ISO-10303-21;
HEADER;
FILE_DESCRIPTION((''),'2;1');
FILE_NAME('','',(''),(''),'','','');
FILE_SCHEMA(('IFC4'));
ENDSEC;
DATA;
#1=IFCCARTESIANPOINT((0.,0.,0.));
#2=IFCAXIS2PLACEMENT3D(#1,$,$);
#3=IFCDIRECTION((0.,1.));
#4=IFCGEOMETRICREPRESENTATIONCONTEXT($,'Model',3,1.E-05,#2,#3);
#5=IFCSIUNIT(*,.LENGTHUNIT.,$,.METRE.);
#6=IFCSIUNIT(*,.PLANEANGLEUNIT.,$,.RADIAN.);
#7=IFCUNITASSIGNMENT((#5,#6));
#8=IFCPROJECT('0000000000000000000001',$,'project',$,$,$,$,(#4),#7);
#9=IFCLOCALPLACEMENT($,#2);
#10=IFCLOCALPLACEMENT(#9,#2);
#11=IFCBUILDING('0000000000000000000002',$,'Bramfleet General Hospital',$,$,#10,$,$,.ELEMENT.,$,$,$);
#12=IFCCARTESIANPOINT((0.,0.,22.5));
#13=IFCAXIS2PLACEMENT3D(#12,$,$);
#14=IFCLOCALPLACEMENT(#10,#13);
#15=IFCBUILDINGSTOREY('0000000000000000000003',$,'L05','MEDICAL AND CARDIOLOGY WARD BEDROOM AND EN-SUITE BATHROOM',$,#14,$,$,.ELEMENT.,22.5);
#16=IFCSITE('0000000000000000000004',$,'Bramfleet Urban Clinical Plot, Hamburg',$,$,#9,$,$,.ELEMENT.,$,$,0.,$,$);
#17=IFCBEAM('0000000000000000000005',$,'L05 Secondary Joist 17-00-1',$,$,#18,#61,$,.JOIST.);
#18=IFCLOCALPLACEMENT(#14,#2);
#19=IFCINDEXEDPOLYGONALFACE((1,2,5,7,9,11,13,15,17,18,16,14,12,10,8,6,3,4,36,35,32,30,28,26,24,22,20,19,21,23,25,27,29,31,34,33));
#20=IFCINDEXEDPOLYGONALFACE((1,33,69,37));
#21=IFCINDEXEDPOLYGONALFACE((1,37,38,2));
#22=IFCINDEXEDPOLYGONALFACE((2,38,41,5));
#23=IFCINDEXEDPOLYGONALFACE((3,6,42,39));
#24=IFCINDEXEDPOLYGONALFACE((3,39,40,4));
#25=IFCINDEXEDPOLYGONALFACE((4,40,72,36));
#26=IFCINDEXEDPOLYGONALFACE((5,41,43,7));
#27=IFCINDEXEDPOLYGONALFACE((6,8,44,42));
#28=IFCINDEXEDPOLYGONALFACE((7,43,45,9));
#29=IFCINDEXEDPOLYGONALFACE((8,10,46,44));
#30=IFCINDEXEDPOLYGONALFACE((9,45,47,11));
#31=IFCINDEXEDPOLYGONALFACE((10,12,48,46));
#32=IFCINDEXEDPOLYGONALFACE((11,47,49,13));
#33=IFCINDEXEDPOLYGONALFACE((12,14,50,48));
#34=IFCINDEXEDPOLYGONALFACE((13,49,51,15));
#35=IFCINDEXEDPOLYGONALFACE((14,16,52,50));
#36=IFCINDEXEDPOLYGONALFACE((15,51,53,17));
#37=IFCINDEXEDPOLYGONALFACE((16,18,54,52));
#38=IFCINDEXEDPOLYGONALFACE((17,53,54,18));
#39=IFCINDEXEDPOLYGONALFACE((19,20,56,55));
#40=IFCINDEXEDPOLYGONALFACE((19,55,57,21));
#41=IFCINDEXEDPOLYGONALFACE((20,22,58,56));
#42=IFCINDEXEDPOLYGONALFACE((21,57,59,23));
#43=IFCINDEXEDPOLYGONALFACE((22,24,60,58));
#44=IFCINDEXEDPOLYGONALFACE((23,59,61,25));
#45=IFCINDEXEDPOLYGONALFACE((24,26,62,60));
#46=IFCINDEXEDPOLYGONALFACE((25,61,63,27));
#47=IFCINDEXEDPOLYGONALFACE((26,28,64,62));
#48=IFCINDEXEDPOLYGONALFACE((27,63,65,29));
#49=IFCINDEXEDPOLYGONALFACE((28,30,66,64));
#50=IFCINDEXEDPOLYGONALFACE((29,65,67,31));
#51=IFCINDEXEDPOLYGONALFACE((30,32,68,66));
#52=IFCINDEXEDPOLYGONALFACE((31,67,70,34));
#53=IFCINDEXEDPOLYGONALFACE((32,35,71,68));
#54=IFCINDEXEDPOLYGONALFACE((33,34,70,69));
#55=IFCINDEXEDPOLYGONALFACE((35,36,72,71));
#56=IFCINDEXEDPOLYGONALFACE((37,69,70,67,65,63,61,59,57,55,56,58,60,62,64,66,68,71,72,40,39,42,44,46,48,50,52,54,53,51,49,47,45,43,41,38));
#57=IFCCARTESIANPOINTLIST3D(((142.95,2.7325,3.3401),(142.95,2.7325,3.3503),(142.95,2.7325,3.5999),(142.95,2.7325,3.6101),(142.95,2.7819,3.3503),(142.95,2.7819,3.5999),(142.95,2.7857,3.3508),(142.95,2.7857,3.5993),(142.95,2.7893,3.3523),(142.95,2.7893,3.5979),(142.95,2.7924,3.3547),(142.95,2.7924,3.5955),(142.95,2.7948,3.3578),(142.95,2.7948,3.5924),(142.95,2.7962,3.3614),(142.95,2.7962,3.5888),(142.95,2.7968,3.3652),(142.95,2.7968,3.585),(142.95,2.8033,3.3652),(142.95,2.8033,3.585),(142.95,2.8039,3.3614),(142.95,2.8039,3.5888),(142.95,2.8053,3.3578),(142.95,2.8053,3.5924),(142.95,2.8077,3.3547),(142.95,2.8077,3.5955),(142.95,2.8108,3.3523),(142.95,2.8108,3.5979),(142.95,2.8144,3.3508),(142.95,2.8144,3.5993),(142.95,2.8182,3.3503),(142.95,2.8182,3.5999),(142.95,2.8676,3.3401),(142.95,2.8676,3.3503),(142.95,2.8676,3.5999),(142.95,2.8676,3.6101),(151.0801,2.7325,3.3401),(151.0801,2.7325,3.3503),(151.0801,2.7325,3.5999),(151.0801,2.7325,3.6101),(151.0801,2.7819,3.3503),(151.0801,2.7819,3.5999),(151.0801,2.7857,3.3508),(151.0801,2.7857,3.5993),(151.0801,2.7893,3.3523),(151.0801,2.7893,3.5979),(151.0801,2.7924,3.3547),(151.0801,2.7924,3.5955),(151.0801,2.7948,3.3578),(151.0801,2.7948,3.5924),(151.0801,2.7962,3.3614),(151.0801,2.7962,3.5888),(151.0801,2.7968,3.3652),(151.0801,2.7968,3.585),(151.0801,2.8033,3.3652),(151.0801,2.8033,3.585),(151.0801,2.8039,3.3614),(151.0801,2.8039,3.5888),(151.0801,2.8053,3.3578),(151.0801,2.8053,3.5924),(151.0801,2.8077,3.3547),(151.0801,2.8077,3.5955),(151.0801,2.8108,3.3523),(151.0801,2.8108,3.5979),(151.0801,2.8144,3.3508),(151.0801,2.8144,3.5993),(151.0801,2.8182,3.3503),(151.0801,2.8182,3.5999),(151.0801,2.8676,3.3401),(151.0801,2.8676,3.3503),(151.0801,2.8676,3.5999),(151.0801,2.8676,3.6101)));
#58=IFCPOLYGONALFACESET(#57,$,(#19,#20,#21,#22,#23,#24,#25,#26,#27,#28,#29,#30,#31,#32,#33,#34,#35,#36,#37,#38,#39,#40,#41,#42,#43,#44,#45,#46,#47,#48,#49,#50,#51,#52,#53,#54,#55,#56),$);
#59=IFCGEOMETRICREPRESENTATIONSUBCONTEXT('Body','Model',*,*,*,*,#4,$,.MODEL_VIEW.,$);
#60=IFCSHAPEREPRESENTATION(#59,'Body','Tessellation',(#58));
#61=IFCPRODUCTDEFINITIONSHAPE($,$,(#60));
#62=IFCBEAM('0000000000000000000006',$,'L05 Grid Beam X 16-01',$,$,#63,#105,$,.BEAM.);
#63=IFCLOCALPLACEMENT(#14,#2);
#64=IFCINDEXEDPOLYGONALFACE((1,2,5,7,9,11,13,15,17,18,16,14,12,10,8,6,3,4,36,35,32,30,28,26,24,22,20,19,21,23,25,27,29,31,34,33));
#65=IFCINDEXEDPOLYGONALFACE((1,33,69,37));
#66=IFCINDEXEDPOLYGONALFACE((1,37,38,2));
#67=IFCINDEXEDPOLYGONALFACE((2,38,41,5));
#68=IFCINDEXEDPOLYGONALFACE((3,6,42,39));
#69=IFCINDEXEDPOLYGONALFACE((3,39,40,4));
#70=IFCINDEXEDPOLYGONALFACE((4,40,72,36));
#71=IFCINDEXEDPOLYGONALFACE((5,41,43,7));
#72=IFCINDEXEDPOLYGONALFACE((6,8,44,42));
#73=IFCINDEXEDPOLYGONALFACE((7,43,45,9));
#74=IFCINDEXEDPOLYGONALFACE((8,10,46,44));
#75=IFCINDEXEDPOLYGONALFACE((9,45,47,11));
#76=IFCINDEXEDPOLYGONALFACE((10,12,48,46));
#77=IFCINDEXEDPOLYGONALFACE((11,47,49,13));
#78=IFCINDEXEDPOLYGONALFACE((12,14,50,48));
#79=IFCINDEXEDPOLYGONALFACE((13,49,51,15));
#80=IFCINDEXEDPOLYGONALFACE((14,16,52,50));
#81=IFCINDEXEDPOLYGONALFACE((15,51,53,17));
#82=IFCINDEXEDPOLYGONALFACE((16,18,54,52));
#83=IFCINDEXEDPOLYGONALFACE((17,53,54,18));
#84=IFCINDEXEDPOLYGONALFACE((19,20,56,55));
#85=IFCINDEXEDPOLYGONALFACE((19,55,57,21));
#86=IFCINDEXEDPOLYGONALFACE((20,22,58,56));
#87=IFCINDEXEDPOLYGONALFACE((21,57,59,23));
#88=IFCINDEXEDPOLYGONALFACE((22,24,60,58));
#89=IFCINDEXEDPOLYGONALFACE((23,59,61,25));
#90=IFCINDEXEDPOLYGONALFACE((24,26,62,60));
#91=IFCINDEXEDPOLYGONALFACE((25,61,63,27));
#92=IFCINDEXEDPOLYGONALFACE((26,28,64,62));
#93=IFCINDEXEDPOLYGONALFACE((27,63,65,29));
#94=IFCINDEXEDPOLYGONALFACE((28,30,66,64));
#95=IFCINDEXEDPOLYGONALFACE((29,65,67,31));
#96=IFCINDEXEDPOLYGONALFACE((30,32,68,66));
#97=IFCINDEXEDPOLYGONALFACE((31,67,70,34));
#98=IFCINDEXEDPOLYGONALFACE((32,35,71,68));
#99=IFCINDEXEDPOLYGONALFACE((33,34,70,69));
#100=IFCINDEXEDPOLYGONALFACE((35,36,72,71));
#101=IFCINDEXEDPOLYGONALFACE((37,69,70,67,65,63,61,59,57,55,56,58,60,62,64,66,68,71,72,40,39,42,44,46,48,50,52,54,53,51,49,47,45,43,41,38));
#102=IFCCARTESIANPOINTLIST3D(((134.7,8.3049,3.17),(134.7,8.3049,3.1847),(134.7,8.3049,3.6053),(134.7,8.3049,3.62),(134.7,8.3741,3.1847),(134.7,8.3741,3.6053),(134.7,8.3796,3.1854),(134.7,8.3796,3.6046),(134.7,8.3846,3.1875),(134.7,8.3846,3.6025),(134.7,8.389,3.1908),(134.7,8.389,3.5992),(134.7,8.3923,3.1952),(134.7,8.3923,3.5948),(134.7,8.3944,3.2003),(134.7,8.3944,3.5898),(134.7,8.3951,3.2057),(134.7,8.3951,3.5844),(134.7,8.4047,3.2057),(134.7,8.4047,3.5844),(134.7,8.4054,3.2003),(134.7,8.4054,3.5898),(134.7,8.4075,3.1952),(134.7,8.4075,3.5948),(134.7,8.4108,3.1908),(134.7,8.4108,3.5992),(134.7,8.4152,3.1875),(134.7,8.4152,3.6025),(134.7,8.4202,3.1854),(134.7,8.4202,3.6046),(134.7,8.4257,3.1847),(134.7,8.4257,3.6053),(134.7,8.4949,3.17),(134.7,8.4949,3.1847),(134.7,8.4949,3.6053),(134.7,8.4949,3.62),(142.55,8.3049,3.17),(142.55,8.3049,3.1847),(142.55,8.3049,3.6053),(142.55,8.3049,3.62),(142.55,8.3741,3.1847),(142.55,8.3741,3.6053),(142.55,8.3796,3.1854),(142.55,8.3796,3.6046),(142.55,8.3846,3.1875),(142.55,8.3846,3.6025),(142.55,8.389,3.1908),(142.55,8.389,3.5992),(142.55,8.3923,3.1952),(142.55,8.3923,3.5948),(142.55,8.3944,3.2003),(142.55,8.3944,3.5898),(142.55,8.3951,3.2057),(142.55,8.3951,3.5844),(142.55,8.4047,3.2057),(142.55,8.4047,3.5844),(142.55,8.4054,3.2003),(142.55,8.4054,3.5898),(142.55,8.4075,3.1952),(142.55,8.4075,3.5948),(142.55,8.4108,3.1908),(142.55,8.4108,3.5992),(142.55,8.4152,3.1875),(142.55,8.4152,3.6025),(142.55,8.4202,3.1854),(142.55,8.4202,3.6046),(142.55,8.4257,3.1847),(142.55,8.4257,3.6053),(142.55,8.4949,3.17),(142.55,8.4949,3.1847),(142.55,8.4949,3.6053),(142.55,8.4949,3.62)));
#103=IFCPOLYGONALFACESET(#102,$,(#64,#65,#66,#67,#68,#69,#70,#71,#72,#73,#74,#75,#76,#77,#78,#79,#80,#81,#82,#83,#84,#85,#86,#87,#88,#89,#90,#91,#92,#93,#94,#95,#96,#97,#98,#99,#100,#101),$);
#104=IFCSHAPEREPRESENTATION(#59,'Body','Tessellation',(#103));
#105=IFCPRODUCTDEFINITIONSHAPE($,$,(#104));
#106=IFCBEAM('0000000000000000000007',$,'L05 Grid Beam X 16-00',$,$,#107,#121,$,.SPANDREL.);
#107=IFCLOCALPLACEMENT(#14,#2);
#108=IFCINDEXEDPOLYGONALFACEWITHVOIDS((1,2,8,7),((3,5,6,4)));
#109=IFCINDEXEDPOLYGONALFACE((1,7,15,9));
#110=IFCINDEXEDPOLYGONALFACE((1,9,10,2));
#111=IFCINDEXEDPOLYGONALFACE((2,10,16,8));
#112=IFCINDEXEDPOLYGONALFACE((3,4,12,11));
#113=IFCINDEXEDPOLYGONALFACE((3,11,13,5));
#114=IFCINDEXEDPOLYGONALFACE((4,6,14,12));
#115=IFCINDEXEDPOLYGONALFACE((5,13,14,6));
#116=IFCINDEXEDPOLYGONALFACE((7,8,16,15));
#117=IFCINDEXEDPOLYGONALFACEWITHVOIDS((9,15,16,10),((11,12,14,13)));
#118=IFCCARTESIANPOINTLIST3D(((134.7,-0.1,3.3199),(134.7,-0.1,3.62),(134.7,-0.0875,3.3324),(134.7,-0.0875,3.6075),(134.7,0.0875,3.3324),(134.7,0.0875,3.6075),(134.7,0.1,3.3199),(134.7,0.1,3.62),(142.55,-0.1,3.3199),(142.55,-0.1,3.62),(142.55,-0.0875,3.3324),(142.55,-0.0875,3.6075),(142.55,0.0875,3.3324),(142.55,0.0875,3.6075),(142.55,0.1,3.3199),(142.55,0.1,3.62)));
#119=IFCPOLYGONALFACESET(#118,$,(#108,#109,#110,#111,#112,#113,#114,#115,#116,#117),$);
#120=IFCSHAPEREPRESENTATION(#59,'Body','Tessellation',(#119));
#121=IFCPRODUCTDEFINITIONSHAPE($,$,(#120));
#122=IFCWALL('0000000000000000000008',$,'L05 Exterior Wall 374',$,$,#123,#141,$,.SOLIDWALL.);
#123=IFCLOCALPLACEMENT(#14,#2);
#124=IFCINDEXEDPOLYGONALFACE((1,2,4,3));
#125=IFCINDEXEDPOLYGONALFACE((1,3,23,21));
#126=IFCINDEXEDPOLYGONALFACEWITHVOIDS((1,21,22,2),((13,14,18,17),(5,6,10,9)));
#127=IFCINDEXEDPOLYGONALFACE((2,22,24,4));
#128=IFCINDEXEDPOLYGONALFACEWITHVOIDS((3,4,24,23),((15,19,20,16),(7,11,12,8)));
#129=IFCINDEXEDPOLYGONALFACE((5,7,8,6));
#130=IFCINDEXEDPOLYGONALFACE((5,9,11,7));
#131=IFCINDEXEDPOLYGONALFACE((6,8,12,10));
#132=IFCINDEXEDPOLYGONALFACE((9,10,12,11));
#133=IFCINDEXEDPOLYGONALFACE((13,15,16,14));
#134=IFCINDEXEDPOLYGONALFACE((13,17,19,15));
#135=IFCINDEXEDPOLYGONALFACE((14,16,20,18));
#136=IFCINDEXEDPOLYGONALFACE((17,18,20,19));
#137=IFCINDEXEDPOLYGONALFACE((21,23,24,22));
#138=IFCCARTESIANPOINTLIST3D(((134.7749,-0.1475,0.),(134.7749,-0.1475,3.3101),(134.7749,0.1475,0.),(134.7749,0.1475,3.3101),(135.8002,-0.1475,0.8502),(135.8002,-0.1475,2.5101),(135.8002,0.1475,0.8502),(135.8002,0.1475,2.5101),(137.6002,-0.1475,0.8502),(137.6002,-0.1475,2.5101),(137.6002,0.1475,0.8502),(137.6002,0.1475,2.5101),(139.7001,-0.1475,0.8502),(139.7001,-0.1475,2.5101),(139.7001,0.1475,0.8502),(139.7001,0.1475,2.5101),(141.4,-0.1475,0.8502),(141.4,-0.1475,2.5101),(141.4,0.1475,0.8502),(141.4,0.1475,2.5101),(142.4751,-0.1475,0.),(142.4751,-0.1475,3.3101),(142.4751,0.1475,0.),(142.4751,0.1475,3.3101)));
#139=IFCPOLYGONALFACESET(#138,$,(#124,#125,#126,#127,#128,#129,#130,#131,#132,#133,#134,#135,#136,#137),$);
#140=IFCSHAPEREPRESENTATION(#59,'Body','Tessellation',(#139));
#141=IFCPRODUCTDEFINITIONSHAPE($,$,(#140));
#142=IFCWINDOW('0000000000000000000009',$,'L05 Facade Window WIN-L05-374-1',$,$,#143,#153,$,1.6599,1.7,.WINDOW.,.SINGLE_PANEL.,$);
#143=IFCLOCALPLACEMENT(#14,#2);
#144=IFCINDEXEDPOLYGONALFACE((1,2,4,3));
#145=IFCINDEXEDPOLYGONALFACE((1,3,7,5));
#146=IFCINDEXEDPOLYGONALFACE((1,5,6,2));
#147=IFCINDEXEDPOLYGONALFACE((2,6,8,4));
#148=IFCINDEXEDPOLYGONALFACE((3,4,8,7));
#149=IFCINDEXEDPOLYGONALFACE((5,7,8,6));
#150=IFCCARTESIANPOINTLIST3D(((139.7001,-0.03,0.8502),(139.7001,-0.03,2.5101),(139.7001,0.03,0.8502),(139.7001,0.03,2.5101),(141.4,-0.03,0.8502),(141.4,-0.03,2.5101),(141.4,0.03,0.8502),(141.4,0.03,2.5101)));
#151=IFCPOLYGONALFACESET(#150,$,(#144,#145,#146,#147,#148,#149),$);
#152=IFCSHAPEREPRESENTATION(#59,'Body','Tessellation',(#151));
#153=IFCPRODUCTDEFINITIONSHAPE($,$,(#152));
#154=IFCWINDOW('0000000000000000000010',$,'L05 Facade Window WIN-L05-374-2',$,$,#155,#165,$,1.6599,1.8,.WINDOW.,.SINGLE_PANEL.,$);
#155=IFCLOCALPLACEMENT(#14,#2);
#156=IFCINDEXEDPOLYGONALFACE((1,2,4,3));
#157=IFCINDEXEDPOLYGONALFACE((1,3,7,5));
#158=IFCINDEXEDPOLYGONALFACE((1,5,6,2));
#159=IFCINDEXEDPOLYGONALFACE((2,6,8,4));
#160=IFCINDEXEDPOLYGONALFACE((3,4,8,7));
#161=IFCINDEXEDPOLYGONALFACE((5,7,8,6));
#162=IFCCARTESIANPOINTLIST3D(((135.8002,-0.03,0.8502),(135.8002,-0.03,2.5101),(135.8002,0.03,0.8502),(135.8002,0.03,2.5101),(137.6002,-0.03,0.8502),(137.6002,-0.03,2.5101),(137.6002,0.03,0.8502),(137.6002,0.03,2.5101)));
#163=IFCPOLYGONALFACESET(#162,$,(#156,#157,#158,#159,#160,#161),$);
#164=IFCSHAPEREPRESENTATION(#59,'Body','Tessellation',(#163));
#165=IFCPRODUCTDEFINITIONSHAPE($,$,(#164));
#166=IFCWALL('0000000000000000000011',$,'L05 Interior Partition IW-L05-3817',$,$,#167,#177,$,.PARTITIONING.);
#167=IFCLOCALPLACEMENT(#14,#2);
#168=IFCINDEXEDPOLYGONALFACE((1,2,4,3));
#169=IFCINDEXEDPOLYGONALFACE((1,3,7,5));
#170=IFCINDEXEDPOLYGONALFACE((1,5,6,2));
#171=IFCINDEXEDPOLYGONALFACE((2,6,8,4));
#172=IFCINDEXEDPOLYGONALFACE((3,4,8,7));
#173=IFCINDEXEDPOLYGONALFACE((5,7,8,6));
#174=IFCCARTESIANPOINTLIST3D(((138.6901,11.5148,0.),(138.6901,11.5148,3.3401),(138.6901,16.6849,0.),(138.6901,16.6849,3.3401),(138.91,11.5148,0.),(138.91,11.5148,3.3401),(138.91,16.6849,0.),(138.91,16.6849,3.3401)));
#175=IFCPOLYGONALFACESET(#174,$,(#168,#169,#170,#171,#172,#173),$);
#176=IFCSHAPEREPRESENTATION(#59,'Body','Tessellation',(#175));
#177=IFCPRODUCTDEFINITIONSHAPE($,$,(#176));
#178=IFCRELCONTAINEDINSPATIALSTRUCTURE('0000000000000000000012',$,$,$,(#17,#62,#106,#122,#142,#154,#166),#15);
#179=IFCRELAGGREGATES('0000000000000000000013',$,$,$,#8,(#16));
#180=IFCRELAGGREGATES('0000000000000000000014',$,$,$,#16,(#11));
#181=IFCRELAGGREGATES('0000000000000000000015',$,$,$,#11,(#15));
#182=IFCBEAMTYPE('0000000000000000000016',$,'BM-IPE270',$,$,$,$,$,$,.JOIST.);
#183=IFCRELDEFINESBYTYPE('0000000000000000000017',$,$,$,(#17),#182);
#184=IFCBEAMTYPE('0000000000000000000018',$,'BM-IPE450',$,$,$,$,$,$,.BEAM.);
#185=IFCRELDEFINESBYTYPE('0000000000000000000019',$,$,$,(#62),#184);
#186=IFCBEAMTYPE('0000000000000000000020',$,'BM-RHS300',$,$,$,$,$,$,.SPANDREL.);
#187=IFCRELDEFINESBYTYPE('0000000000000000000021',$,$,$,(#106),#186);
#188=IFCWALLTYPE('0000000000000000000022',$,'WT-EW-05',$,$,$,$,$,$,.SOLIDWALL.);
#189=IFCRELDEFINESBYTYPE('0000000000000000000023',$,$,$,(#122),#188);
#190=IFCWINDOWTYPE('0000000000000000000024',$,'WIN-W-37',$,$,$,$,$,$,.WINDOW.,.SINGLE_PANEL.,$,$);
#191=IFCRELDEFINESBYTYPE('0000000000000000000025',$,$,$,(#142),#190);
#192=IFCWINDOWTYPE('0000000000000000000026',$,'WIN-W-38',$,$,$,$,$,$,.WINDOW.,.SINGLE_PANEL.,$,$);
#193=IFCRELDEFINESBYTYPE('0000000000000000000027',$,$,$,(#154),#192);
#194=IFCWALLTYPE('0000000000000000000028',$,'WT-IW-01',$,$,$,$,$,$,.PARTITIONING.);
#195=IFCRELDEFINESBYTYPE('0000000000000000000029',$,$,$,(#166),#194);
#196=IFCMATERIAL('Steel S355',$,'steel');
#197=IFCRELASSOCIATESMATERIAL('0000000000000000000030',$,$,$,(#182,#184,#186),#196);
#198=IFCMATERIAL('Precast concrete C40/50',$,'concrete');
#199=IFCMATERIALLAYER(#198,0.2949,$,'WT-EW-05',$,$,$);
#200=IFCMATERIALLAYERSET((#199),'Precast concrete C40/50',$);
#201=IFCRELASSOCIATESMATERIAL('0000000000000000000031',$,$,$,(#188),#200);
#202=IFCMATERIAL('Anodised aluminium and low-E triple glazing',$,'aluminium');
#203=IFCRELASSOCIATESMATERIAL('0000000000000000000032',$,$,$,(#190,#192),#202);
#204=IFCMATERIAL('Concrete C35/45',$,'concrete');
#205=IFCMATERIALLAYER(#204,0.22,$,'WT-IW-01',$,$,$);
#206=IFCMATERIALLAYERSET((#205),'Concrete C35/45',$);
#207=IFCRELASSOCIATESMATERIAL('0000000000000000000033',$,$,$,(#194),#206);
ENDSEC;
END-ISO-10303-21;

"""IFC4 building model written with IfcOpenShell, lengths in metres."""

from ifc_helpers import new_model, si_unit, direction, frame, frame_2d, origin, origin_2d, place, context, subcontext, project, spatial, rectangle, hollow_rectangle, i_section, extrude, material, layer, layer_set, material_profile, profile_set, type_object, element, fill, save


model = new_model("IFC4")

# Units and contexts
model_context = context("Model", 3, precision=1e-05, world=origin(), true_north=direction((0.0, 1.0)))
body_context = subcontext(model_context, "Body", "Model", "MODEL_VIEW")
ifc_project = project(units=[si_unit("LENGTHUNIT", "METRE"), si_unit("PLANEANGLEUNIT", "RADIAN")], contexts=[model_context])

# Site, building, storey
site_placement = place(None, origin())
site = spatial("IfcSite", under=ifc_project, at=site_placement, Name="Bramfleet Urban Clinical Plot, Hamburg", CompositionType="ELEMENT", RefElevation=0.0)
building_placement = place(site_placement, origin())
building = spatial("IfcBuilding", under=site, at=building_placement, Name="Bramfleet General Hospital", CompositionType="ELEMENT")
storey_placement = place(building_placement, frame((0.0, 0.0, 22.5)))
storey = spatial("IfcBuildingStorey", under=building, at=storey_placement, Name="L05", Description="MEDICAL AND CARDIOLOGY WARD BEDROOM AND EN-SUITE BATHROOM", CompositionType="ELEMENT", Elevation=22.5)

# Beams
ifc_material_1 = material(Name="Steel S355", Category="steel")
ifc_material_profile_1 = material_profile(ifc_material_1, i_section(OverallWidth=0.135, OverallDepth=0.27, WebThickness=0.0066, FlangeThickness=0.0103, FilletRadius=0.0149, at=origin_2d()), Name="IPE 270")
ifc_profile_set_1 = profile_set([ifc_material_profile_1], Name="Steel S355")
beam_type_1 = type_object("IfcBeamType", Name="BM-IPE270", PredefinedType="JOIST", material=ifc_profile_set_1)
beam_1_placement = place(storey_placement, frame((142.95, 2.8, 3.4751), z_axis=(1.0, 0.0, 0.0), x_axis=(0.0, 1.0, 0.0)))
element("IfcBeam", 1, at=beam_1_placement, inside=storey, type_object=beam_type_1, Name="L05 Secondary Joist 17-00-1", PredefinedType="JOIST", context=body_context, shape_type="SweptSolid", body=[
    extrude(i_section(OverallWidth=0.135, OverallDepth=0.27, WebThickness=0.0066, FlangeThickness=0.0103, FilletRadius=0.0149, at=origin_2d()), origin(), (0.0, 0.0, 1.0), 8.1301),
])
ifc_material_profile_2 = material_profile(ifc_material_1, i_section(OverallWidth=0.1899, OverallDepth=0.45, WebThickness=0.0095, FlangeThickness=0.0146, FilletRadius=0.021, at=origin_2d()), Name="IPE 450")
ifc_profile_set_2 = profile_set([ifc_material_profile_2], Name="Steel S355")
beam_type_2 = type_object("IfcBeamType", Name="BM-IPE450", PredefinedType="BEAM", material=ifc_profile_set_2)
beam_2_placement = place(storey_placement, frame((134.7, 8.3999, 3.395), z_axis=(1.0, 0.0, 0.0), x_axis=(0.0, 1.0, 0.0)))
element("IfcBeam", 2, at=beam_2_placement, inside=storey, type_object=beam_type_2, Name="L05 Grid Beam X 16-01", PredefinedType="BEAM", context=body_context, shape_type="SweptSolid", body=[
    extrude(i_section(OverallWidth=0.1899, OverallDepth=0.45, WebThickness=0.0095, FlangeThickness=0.0146, FilletRadius=0.021, at=origin_2d()), origin(), (0.0, 0.0, 1.0), 7.8501),
])
ifc_material_profile_3 = material_profile(ifc_material_1, hollow_rectangle(XDim=0.2, YDim=0.3, WallThickness=0.0125, at=origin_2d()), Name="RHS 300x200x12.5")
ifc_profile_set_3 = profile_set([ifc_material_profile_3], Name="Steel S355")
beam_type_3 = type_object("IfcBeamType", Name="BM-RHS300", PredefinedType="SPANDREL", material=ifc_profile_set_3)
beam_3_placement = place(storey_placement, frame((134.7, 0.0, 3.47), z_axis=(1.0, 0.0, 0.0), x_axis=(0.0, 1.0, 0.0)))
element("IfcBeam", 3, at=beam_3_placement, inside=storey, type_object=beam_type_3, Name="L05 Grid Beam X 16-00", PredefinedType="SPANDREL", context=body_context, shape_type="SweptSolid", body=[
    extrude(hollow_rectangle(XDim=0.2, YDim=0.3, WallThickness=0.0125, at=origin_2d()), origin(), (0.0, 0.0, 1.0), 7.8501),
])

# Wall, openings, windows
ifc_material_2 = material(Name="Precast concrete C40/50", Category="concrete")
ifc_layer_1 = layer(ifc_material_2, 0.2949, Name="WT-EW-05")
ifc_layer_set_1 = layer_set([ifc_layer_1], Name="Precast concrete C40/50")
wall_type_1 = type_object("IfcWallType", Name="WT-EW-05", PredefinedType="SOLIDWALL", material=ifc_layer_set_1)
wall_1_placement = place(storey_placement, frame((142.4751, 0.0, 0.0), z_axis=(0.0, 0.0, 1.0), x_axis=(-1.0, 0.0, 0.0)))
wall_1 = element("IfcWall", 4, at=wall_1_placement, inside=storey, type_object=wall_type_1, Name="L05 Exterior Wall 374", PredefinedType="SOLIDWALL", context=body_context, shape_type="SweptSolid", body=[
    extrude(rectangle(XDim=7.7002, YDim=0.2949, at=frame_2d((3.8501, 0.0))), origin(), (0.0, 0.0, 1.0), 3.3101),
])
opening_1_placement = place(wall_1_placement, frame((1.075, 0.0, 0.8501)))
opening_1 = element("IfcOpeningElement", 5, at=opening_1_placement, cuts=wall_1, PredefinedType="OPENING", context=body_context, shape_type="SweptSolid", body=[
    extrude(rectangle(XDim=1.7, YDim=1.6599, at=frame_2d((0.8501, 0.8301))), frame((0.0, 0.1575, 0.0), z_axis=(0.0, -1.0, 0.0), x_axis=(1.0, 0.0, 0.0)), (0.0, 0.0, 1.0), 0.3149),
])
opening_2_placement = place(wall_1_placement, frame((4.875, 0.0, 0.8501)))
opening_2 = element("IfcOpeningElement", 6, at=opening_2_placement, cuts=wall_1, PredefinedType="OPENING", context=body_context, shape_type="SweptSolid", body=[
    extrude(rectangle(XDim=1.8, YDim=1.6599, at=frame_2d((0.8999, 0.8301))), frame((0.0, 0.1575, 0.0), z_axis=(0.0, -1.0, 0.0), x_axis=(1.0, 0.0, 0.0)), (0.0, 0.0, 1.0), 0.3149),
])
ifc_material_3 = material(Name="Anodised aluminium and low-E triple glazing", Category="aluminium")
window_type_1 = type_object("IfcWindowType", Name="WIN-W-37", PartitioningType="SINGLE_PANEL", PredefinedType="WINDOW", material=ifc_material_3)
window_1_placement = place(opening_1_placement, origin())
window_1 = element("IfcWindow", 7, at=window_1_placement, inside=storey, type_object=window_type_1, Name="L05 Facade Window WIN-L05-374-1", OverallHeight=1.6599, OverallWidth=1.7, PartitioningType="SINGLE_PANEL", PredefinedType="WINDOW", context=body_context, shape_type="SweptSolid", body=[
    extrude(rectangle(XDim=1.7, YDim=1.6599, at=frame_2d((0.8501, 0.8301))), frame((0.0, 0.03, 0.0), z_axis=(0.0, -1.0, 0.0), x_axis=(1.0, 0.0, 0.0)), (0.0, 0.0, 1.0), 0.0601),
])
fill(opening_1, window_1)
window_type_2 = type_object("IfcWindowType", Name="WIN-W-38", PartitioningType="SINGLE_PANEL", PredefinedType="WINDOW", material=ifc_material_3)
window_2_placement = place(opening_2_placement, origin())
window_2 = element("IfcWindow", 8, at=window_2_placement, inside=storey, type_object=window_type_2, Name="L05 Facade Window WIN-L05-374-2", OverallHeight=1.6599, OverallWidth=1.8, PartitioningType="SINGLE_PANEL", PredefinedType="WINDOW", context=body_context, shape_type="SweptSolid", body=[
    extrude(rectangle(XDim=1.8, YDim=1.6599, at=frame_2d((0.8999, 0.8301))), frame((0.0, 0.03, 0.0), z_axis=(0.0, -1.0, 0.0), x_axis=(1.0, 0.0, 0.0)), (0.0, 0.0, 1.0), 0.0601),
])
fill(opening_2, window_2)

# Wall
ifc_material_4 = material(Name="Concrete C35/45", Category="concrete")
ifc_layer_2 = layer(ifc_material_4, 0.22, Name="WT-IW-01")
ifc_layer_set_2 = layer_set([ifc_layer_2], Name="Concrete C35/45")
wall_type_2 = type_object("IfcWallType", Name="WT-IW-01", PredefinedType="PARTITIONING", material=ifc_layer_set_2)
wall_2_placement = place(storey_placement, frame((138.8, 11.5149, 0.0), z_axis=(0.0, 0.0, 1.0), x_axis=(0.0, 1.0, 0.0)))
element("IfcWall", 9, at=wall_2_placement, inside=storey, type_object=wall_type_2, Name="L05 Interior Partition IW-L05-3817", PredefinedType="PARTITIONING", context=body_context, shape_type="SweptSolid", body=[
    extrude(rectangle(XDim=5.1702, YDim=0.22, at=frame_2d((2.585, 0.0))), origin(), (0.0, 0.0, 1.0), 3.3401),
])

save(model, "model.ifc")
